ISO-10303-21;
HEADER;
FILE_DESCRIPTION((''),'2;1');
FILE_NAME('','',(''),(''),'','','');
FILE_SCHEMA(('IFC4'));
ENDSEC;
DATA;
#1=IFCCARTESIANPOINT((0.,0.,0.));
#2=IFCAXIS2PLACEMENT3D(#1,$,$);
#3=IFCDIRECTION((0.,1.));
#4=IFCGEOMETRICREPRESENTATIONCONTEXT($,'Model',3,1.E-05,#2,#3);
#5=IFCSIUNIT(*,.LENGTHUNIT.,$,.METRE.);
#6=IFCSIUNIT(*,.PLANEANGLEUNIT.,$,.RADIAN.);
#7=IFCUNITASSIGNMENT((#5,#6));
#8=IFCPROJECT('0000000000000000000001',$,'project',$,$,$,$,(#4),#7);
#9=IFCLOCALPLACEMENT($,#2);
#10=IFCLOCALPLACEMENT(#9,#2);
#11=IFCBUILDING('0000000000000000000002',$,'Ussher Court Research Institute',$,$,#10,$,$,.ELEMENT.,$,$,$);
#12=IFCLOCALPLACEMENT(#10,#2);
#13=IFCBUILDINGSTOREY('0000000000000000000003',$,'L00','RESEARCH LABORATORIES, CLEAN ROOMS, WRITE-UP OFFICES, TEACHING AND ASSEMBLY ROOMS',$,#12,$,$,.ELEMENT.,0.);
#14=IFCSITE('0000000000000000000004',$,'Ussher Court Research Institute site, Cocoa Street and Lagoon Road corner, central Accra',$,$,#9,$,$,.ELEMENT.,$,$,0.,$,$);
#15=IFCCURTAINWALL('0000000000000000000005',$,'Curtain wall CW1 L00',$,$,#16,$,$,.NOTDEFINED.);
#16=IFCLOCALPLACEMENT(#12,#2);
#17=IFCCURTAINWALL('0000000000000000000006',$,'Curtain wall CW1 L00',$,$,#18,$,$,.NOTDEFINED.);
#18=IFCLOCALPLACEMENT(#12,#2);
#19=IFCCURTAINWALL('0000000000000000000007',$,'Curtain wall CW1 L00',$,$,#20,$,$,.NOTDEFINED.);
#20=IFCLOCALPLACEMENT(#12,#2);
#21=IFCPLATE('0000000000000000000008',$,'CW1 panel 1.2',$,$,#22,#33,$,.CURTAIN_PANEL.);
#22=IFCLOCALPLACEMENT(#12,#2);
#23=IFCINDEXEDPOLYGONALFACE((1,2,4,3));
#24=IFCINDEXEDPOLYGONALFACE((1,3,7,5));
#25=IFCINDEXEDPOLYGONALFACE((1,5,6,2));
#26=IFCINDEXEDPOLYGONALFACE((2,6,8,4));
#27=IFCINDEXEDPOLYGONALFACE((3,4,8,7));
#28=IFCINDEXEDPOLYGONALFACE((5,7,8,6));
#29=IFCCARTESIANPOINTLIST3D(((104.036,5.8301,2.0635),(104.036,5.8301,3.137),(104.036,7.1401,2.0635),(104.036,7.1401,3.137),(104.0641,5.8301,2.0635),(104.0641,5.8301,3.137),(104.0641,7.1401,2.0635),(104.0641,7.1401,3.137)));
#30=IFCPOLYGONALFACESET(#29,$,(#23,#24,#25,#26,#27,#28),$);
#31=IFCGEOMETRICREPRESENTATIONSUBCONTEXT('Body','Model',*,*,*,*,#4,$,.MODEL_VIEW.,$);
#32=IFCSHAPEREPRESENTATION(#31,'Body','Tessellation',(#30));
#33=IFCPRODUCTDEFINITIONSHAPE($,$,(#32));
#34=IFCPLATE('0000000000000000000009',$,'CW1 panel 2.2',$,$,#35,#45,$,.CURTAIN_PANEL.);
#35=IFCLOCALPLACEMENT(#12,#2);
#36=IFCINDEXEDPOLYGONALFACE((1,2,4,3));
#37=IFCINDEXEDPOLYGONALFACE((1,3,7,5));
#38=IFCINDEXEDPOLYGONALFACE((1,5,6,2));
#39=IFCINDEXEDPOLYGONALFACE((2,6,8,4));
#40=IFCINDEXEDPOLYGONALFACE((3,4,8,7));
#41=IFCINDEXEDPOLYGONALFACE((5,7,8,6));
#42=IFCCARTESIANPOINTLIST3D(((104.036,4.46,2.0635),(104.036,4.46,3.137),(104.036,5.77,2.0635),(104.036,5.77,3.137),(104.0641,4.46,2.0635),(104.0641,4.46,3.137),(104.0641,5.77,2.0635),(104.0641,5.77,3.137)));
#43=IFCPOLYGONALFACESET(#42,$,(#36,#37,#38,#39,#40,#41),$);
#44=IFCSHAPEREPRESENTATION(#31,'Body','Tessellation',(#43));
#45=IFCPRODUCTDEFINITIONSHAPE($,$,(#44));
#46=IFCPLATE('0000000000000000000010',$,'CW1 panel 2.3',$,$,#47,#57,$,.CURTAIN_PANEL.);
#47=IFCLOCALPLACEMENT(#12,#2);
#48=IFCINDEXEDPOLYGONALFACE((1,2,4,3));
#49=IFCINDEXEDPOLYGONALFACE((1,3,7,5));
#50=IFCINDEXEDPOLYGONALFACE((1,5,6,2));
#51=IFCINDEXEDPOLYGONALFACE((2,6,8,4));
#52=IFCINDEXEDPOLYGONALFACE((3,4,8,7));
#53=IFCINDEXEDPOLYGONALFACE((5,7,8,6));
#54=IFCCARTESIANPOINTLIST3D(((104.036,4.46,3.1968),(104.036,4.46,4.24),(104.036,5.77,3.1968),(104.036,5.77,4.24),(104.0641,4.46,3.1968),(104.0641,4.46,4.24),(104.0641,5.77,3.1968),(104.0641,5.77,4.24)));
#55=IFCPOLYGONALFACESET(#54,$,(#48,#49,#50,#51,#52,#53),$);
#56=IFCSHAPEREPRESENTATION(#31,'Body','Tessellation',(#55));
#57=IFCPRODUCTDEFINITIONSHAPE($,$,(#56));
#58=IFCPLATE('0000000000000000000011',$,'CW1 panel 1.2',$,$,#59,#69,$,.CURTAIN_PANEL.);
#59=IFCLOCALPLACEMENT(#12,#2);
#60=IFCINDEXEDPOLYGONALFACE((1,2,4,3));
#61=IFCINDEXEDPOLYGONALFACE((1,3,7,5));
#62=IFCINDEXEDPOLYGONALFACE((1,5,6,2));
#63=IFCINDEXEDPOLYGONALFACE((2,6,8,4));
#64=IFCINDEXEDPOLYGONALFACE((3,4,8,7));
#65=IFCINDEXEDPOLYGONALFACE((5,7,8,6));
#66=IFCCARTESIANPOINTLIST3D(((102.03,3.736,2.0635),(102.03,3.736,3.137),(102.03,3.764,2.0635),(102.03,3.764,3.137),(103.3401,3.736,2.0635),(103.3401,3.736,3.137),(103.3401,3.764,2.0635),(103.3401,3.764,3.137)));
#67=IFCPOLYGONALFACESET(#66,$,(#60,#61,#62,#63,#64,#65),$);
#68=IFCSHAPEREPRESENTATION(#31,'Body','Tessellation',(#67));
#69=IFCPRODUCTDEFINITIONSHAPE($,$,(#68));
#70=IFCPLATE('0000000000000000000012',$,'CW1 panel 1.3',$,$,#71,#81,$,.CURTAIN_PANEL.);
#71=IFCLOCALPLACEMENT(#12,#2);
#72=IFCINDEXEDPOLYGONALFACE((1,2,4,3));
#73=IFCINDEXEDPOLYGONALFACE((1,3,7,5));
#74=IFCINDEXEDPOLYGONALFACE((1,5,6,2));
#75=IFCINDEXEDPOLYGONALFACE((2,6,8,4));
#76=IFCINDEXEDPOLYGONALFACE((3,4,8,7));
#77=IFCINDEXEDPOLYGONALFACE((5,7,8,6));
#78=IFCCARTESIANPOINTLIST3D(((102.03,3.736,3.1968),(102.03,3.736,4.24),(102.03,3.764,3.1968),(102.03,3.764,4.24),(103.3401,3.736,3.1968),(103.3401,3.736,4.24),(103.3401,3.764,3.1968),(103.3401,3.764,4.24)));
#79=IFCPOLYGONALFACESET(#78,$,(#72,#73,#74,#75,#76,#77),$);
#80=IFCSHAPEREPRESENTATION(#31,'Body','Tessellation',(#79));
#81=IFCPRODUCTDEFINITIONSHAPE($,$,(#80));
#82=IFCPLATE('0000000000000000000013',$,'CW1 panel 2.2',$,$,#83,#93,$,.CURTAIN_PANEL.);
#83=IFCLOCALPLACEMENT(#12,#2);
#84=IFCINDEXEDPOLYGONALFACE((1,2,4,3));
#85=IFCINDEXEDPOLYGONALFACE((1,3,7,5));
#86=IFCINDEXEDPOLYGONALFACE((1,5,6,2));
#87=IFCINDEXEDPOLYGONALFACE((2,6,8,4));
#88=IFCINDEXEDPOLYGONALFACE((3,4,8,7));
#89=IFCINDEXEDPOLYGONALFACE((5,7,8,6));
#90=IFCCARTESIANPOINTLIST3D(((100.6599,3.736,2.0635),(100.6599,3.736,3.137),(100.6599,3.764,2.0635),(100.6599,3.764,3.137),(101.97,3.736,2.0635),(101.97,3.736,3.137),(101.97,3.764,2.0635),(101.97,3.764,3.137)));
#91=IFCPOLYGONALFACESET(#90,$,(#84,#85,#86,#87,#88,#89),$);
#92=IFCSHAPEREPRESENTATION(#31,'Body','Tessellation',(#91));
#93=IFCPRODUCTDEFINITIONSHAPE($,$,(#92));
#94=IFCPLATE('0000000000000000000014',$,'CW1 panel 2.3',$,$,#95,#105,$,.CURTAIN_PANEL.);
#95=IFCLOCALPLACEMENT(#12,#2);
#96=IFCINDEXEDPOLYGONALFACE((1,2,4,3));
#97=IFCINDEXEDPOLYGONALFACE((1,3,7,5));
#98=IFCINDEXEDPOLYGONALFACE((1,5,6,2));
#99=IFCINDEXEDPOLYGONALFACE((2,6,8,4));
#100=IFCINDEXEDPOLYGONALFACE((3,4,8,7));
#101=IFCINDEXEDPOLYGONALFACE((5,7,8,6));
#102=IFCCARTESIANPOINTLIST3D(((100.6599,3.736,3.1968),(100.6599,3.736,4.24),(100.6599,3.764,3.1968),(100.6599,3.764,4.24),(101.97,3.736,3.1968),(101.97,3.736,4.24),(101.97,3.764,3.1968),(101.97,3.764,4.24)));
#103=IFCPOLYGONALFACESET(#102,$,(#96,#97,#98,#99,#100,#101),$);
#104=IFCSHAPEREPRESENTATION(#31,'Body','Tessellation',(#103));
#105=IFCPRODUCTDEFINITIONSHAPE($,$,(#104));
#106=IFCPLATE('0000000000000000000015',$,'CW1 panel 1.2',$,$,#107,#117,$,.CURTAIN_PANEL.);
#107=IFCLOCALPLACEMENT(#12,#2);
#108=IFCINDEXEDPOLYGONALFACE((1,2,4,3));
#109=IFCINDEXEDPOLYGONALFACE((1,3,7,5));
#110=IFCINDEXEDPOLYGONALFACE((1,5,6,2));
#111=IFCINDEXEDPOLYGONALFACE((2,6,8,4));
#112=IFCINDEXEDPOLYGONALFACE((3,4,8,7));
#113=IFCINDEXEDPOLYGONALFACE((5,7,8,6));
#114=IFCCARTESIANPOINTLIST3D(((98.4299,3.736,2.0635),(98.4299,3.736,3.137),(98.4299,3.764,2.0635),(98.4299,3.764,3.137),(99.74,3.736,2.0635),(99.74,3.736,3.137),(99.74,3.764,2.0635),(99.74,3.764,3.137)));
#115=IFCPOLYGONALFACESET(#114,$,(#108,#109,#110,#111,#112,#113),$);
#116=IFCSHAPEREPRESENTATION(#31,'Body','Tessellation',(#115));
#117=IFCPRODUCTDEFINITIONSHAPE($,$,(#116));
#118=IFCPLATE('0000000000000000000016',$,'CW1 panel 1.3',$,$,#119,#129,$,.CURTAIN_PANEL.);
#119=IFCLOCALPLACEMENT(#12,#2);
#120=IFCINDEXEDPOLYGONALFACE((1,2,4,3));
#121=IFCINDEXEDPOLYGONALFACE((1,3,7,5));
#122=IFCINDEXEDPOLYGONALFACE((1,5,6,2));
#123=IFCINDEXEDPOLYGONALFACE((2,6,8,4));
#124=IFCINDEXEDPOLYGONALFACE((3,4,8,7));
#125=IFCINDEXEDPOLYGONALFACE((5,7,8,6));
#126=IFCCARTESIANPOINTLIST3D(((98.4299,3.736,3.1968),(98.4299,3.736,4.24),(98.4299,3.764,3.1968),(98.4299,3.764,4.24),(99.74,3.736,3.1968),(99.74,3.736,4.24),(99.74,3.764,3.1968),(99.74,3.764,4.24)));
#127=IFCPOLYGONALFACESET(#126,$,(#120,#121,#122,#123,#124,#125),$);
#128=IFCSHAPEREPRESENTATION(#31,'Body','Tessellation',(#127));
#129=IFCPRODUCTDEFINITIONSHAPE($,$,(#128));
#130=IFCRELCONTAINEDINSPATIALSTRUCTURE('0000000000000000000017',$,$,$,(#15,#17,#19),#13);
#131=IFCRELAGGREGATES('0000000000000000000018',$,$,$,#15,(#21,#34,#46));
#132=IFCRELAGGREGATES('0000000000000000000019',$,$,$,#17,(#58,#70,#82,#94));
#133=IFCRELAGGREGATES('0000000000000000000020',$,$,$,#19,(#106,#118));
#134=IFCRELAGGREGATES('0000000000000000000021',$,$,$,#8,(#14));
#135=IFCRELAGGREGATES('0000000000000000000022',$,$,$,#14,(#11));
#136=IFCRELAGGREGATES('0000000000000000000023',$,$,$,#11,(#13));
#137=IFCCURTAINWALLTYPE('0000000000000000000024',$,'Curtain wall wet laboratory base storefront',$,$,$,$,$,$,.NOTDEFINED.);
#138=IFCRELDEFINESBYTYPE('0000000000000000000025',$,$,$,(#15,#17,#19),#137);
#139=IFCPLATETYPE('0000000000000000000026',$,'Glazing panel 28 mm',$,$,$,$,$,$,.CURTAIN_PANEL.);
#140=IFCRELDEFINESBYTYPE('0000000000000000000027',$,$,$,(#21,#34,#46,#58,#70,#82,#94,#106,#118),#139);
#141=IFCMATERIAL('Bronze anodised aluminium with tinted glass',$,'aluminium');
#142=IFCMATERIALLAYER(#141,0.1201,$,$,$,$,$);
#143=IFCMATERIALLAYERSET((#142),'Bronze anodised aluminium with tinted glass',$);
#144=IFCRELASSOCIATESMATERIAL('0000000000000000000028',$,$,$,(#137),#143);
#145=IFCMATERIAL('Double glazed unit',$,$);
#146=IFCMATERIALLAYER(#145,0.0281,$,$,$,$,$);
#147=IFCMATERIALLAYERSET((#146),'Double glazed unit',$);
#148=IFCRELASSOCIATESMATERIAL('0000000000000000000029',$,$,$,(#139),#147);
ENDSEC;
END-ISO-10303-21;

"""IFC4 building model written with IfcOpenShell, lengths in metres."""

from ifc_helpers import new_model, si_unit, direction, frame, origin, origin_2d, place, context, subcontext, project, spatial, rectangle, extrude, material, layer, layer_set, type_object, element, aggregate, save


model = new_model("IFC4")

# Units and contexts
model_context = context("Model", 3, precision=1e-05, world=origin(), true_north=direction((0.0, 1.0)))
body_context = subcontext(model_context, "Body", "Model", "MODEL_VIEW")
ifc_project = project(units=[si_unit("LENGTHUNIT", "METRE"), si_unit("PLANEANGLEUNIT", "RADIAN")], contexts=[model_context])

# Site, building, storey
site_placement = place(None, origin())
site = spatial("IfcSite", under=ifc_project, at=site_placement, Name="Ussher Court Research Institute site, Cocoa Street and Lagoon Road corner, central Accra", CompositionType="ELEMENT", RefElevation=0.0)
building_placement = place(site_placement, origin())
building = spatial("IfcBuilding", under=site, at=building_placement, Name="Ussher Court Research Institute", CompositionType="ELEMENT")
storey_placement = place(building_placement, origin())
storey = spatial("IfcBuildingStorey", under=building, at=storey_placement, Name="L00", Description="RESEARCH LABORATORIES, CLEAN ROOMS, WRITE-UP OFFICES, TEACHING AND ASSEMBLY ROOMS", CompositionType="ELEMENT", Elevation=0.0)

# Curtain walls
ifc_material_1 = material(Name="Bronze anodised aluminium with tinted glass", Category="aluminium")
ifc_layer_1 = layer(ifc_material_1, 0.1201)
ifc_layer_set_1 = layer_set([ifc_layer_1], Name="Bronze anodised aluminium with tinted glass")
curtain_wall_type = type_object("IfcCurtainWallType", Name="Curtain wall wet laboratory base storefront", PredefinedType="NOTDEFINED", material=ifc_layer_set_1)
curtain_wall_1_placement = place(storey_placement, origin())
curtain_wall_1 = element("IfcCurtainWall", 1, at=curtain_wall_1_placement, inside=storey, type_object=curtain_wall_type, Name="Curtain wall CW1 L00", PredefinedType="NOTDEFINED")
curtain_wall_2_placement = place(storey_placement, origin())
curtain_wall_2 = element("IfcCurtainWall", 2, at=curtain_wall_2_placement, inside=storey, type_object=curtain_wall_type, Name="Curtain wall CW1 L00", PredefinedType="NOTDEFINED")
curtain_wall_3_placement = place(storey_placement, origin())
curtain_wall_3 = element("IfcCurtainWall", 3, at=curtain_wall_3_placement, inside=storey, type_object=curtain_wall_type, Name="Curtain wall CW1 L00", PredefinedType="NOTDEFINED")

# Plates
ifc_material_2 = material(Name="Double glazed unit")
ifc_layer_2 = layer(ifc_material_2, 0.0281)
ifc_layer_set_2 = layer_set([ifc_layer_2], Name="Double glazed unit")
plate_type = type_object("IfcPlateType", Name="Glazing panel 28 mm", PredefinedType="CURTAIN_PANEL", material=ifc_layer_set_2)
plate_1_placement = place(storey_placement, frame((104.05, 6.4851, 2.0635), z_axis=(0.0, 0.0, 1.0), x_axis=(0.0, -1.0, 0.0)))
plate_1 = element("IfcPlate", 4, at=plate_1_placement, type_object=plate_type, Name="CW1 panel 1.2", PredefinedType="CURTAIN_PANEL", context=body_context, shape_type="SweptSolid", body=[
    extrude(rectangle(XDim=1.3101, YDim=0.0281, at=origin_2d()), origin(), (0.0, 0.0, 1.0), 1.0735),
])
plate_2_placement = place(storey_placement, frame((104.05, 5.115, 2.0635), z_axis=(0.0, 0.0, 1.0), x_axis=(0.0, -1.0, 0.0)))
plate_2 = element("IfcPlate", 5, at=plate_2_placement, type_object=plate_type, Name="CW1 panel 2.2", PredefinedType="CURTAIN_PANEL", context=body_context, shape_type="SweptSolid", body=[
    extrude(rectangle(XDim=1.3101, YDim=0.0281, at=origin_2d()), origin(), (0.0, 0.0, 1.0), 1.0735),
])
plate_3_placement = place(storey_placement, frame((104.05, 5.115, 3.1968), z_axis=(0.0, 0.0, 1.0), x_axis=(0.0, -1.0, 0.0)))
plate_3 = element("IfcPlate", 6, at=plate_3_placement, type_object=plate_type, Name="CW1 panel 2.3", PredefinedType="CURTAIN_PANEL", context=body_context, shape_type="SweptSolid", body=[
    extrude(rectangle(XDim=1.3101, YDim=0.0281, at=origin_2d()), origin(), (0.0, 0.0, 1.0), 1.0432),
])
aggregate(curtain_wall_1, [plate_1, plate_2, plate_3])
plate_4_placement = place(storey_placement, frame((102.6851, 3.75, 2.0635), z_axis=(0.0, 0.0, 1.0), x_axis=(-1.0, 0.0, 0.0)))
plate_4 = element("IfcPlate", 7, at=plate_4_placement, type_object=plate_type, Name="CW1 panel 1.2", PredefinedType="CURTAIN_PANEL", context=body_context, shape_type="SweptSolid", body=[
    extrude(rectangle(XDim=1.3101, YDim=0.0281, at=origin_2d()), origin(), (0.0, 0.0, 1.0), 1.0735),
])
plate_5_placement = place(storey_placement, frame((102.6851, 3.75, 3.1968), z_axis=(0.0, 0.0, 1.0), x_axis=(-1.0, 0.0, 0.0)))
plate_5 = element("IfcPlate", 8, at=plate_5_placement, type_object=plate_type, Name="CW1 panel 1.3", PredefinedType="CURTAIN_PANEL", context=body_context, shape_type="SweptSolid", body=[
    extrude(rectangle(XDim=1.3101, YDim=0.0281, at=origin_2d()), origin(), (0.0, 0.0, 1.0), 1.0432),
])
plate_6_placement = place(storey_placement, frame((101.3149, 3.75, 2.0635), z_axis=(0.0, 0.0, 1.0), x_axis=(-1.0, 0.0, 0.0)))
plate_6 = element("IfcPlate", 9, at=plate_6_placement, type_object=plate_type, Name="CW1 panel 2.2", PredefinedType="CURTAIN_PANEL", context=body_context, shape_type="SweptSolid", body=[
    extrude(rectangle(XDim=1.3101, YDim=0.0281, at=origin_2d()), origin(), (0.0, 0.0, 1.0), 1.0735),
])
plate_7_placement = place(storey_placement, frame((101.3149, 3.75, 3.1968), z_axis=(0.0, 0.0, 1.0), x_axis=(-1.0, 0.0, 0.0)))
plate_7 = element("IfcPlate", 10, at=plate_7_placement, type_object=plate_type, Name="CW1 panel 2.3", PredefinedType="CURTAIN_PANEL", context=body_context, shape_type="SweptSolid", body=[
    extrude(rectangle(XDim=1.3101, YDim=0.0281, at=origin_2d()), origin(), (0.0, 0.0, 1.0), 1.0432),
])
aggregate(curtain_wall_2, [plate_4, plate_5, plate_6, plate_7])
plate_8_placement = place(storey_placement, frame((99.085, 3.75, 2.0635), z_axis=(0.0, 0.0, 1.0), x_axis=(-1.0, 0.0, 0.0)))
plate_8 = element("IfcPlate", 11, at=plate_8_placement, type_object=plate_type, Name="CW1 panel 1.2", PredefinedType="CURTAIN_PANEL", context=body_context, shape_type="SweptSolid", body=[
    extrude(rectangle(XDim=1.3101, YDim=0.0281, at=origin_2d()), origin(), (0.0, 0.0, 1.0), 1.0735),
])
plate_9_placement = place(storey_placement, frame((99.085, 3.75, 3.1968), z_axis=(0.0, 0.0, 1.0), x_axis=(-1.0, 0.0, 0.0)))
plate_9 = element("IfcPlate", 12, at=plate_9_placement, type_object=plate_type, Name="CW1 panel 1.3", PredefinedType="CURTAIN_PANEL", context=body_context, shape_type="SweptSolid", body=[
    extrude(rectangle(XDim=1.3101, YDim=0.0281, at=origin_2d()), origin(), (0.0, 0.0, 1.0), 1.0432),
])
aggregate(curtain_wall_3, [plate_8, plate_9])

save(model, "model.ifc")
